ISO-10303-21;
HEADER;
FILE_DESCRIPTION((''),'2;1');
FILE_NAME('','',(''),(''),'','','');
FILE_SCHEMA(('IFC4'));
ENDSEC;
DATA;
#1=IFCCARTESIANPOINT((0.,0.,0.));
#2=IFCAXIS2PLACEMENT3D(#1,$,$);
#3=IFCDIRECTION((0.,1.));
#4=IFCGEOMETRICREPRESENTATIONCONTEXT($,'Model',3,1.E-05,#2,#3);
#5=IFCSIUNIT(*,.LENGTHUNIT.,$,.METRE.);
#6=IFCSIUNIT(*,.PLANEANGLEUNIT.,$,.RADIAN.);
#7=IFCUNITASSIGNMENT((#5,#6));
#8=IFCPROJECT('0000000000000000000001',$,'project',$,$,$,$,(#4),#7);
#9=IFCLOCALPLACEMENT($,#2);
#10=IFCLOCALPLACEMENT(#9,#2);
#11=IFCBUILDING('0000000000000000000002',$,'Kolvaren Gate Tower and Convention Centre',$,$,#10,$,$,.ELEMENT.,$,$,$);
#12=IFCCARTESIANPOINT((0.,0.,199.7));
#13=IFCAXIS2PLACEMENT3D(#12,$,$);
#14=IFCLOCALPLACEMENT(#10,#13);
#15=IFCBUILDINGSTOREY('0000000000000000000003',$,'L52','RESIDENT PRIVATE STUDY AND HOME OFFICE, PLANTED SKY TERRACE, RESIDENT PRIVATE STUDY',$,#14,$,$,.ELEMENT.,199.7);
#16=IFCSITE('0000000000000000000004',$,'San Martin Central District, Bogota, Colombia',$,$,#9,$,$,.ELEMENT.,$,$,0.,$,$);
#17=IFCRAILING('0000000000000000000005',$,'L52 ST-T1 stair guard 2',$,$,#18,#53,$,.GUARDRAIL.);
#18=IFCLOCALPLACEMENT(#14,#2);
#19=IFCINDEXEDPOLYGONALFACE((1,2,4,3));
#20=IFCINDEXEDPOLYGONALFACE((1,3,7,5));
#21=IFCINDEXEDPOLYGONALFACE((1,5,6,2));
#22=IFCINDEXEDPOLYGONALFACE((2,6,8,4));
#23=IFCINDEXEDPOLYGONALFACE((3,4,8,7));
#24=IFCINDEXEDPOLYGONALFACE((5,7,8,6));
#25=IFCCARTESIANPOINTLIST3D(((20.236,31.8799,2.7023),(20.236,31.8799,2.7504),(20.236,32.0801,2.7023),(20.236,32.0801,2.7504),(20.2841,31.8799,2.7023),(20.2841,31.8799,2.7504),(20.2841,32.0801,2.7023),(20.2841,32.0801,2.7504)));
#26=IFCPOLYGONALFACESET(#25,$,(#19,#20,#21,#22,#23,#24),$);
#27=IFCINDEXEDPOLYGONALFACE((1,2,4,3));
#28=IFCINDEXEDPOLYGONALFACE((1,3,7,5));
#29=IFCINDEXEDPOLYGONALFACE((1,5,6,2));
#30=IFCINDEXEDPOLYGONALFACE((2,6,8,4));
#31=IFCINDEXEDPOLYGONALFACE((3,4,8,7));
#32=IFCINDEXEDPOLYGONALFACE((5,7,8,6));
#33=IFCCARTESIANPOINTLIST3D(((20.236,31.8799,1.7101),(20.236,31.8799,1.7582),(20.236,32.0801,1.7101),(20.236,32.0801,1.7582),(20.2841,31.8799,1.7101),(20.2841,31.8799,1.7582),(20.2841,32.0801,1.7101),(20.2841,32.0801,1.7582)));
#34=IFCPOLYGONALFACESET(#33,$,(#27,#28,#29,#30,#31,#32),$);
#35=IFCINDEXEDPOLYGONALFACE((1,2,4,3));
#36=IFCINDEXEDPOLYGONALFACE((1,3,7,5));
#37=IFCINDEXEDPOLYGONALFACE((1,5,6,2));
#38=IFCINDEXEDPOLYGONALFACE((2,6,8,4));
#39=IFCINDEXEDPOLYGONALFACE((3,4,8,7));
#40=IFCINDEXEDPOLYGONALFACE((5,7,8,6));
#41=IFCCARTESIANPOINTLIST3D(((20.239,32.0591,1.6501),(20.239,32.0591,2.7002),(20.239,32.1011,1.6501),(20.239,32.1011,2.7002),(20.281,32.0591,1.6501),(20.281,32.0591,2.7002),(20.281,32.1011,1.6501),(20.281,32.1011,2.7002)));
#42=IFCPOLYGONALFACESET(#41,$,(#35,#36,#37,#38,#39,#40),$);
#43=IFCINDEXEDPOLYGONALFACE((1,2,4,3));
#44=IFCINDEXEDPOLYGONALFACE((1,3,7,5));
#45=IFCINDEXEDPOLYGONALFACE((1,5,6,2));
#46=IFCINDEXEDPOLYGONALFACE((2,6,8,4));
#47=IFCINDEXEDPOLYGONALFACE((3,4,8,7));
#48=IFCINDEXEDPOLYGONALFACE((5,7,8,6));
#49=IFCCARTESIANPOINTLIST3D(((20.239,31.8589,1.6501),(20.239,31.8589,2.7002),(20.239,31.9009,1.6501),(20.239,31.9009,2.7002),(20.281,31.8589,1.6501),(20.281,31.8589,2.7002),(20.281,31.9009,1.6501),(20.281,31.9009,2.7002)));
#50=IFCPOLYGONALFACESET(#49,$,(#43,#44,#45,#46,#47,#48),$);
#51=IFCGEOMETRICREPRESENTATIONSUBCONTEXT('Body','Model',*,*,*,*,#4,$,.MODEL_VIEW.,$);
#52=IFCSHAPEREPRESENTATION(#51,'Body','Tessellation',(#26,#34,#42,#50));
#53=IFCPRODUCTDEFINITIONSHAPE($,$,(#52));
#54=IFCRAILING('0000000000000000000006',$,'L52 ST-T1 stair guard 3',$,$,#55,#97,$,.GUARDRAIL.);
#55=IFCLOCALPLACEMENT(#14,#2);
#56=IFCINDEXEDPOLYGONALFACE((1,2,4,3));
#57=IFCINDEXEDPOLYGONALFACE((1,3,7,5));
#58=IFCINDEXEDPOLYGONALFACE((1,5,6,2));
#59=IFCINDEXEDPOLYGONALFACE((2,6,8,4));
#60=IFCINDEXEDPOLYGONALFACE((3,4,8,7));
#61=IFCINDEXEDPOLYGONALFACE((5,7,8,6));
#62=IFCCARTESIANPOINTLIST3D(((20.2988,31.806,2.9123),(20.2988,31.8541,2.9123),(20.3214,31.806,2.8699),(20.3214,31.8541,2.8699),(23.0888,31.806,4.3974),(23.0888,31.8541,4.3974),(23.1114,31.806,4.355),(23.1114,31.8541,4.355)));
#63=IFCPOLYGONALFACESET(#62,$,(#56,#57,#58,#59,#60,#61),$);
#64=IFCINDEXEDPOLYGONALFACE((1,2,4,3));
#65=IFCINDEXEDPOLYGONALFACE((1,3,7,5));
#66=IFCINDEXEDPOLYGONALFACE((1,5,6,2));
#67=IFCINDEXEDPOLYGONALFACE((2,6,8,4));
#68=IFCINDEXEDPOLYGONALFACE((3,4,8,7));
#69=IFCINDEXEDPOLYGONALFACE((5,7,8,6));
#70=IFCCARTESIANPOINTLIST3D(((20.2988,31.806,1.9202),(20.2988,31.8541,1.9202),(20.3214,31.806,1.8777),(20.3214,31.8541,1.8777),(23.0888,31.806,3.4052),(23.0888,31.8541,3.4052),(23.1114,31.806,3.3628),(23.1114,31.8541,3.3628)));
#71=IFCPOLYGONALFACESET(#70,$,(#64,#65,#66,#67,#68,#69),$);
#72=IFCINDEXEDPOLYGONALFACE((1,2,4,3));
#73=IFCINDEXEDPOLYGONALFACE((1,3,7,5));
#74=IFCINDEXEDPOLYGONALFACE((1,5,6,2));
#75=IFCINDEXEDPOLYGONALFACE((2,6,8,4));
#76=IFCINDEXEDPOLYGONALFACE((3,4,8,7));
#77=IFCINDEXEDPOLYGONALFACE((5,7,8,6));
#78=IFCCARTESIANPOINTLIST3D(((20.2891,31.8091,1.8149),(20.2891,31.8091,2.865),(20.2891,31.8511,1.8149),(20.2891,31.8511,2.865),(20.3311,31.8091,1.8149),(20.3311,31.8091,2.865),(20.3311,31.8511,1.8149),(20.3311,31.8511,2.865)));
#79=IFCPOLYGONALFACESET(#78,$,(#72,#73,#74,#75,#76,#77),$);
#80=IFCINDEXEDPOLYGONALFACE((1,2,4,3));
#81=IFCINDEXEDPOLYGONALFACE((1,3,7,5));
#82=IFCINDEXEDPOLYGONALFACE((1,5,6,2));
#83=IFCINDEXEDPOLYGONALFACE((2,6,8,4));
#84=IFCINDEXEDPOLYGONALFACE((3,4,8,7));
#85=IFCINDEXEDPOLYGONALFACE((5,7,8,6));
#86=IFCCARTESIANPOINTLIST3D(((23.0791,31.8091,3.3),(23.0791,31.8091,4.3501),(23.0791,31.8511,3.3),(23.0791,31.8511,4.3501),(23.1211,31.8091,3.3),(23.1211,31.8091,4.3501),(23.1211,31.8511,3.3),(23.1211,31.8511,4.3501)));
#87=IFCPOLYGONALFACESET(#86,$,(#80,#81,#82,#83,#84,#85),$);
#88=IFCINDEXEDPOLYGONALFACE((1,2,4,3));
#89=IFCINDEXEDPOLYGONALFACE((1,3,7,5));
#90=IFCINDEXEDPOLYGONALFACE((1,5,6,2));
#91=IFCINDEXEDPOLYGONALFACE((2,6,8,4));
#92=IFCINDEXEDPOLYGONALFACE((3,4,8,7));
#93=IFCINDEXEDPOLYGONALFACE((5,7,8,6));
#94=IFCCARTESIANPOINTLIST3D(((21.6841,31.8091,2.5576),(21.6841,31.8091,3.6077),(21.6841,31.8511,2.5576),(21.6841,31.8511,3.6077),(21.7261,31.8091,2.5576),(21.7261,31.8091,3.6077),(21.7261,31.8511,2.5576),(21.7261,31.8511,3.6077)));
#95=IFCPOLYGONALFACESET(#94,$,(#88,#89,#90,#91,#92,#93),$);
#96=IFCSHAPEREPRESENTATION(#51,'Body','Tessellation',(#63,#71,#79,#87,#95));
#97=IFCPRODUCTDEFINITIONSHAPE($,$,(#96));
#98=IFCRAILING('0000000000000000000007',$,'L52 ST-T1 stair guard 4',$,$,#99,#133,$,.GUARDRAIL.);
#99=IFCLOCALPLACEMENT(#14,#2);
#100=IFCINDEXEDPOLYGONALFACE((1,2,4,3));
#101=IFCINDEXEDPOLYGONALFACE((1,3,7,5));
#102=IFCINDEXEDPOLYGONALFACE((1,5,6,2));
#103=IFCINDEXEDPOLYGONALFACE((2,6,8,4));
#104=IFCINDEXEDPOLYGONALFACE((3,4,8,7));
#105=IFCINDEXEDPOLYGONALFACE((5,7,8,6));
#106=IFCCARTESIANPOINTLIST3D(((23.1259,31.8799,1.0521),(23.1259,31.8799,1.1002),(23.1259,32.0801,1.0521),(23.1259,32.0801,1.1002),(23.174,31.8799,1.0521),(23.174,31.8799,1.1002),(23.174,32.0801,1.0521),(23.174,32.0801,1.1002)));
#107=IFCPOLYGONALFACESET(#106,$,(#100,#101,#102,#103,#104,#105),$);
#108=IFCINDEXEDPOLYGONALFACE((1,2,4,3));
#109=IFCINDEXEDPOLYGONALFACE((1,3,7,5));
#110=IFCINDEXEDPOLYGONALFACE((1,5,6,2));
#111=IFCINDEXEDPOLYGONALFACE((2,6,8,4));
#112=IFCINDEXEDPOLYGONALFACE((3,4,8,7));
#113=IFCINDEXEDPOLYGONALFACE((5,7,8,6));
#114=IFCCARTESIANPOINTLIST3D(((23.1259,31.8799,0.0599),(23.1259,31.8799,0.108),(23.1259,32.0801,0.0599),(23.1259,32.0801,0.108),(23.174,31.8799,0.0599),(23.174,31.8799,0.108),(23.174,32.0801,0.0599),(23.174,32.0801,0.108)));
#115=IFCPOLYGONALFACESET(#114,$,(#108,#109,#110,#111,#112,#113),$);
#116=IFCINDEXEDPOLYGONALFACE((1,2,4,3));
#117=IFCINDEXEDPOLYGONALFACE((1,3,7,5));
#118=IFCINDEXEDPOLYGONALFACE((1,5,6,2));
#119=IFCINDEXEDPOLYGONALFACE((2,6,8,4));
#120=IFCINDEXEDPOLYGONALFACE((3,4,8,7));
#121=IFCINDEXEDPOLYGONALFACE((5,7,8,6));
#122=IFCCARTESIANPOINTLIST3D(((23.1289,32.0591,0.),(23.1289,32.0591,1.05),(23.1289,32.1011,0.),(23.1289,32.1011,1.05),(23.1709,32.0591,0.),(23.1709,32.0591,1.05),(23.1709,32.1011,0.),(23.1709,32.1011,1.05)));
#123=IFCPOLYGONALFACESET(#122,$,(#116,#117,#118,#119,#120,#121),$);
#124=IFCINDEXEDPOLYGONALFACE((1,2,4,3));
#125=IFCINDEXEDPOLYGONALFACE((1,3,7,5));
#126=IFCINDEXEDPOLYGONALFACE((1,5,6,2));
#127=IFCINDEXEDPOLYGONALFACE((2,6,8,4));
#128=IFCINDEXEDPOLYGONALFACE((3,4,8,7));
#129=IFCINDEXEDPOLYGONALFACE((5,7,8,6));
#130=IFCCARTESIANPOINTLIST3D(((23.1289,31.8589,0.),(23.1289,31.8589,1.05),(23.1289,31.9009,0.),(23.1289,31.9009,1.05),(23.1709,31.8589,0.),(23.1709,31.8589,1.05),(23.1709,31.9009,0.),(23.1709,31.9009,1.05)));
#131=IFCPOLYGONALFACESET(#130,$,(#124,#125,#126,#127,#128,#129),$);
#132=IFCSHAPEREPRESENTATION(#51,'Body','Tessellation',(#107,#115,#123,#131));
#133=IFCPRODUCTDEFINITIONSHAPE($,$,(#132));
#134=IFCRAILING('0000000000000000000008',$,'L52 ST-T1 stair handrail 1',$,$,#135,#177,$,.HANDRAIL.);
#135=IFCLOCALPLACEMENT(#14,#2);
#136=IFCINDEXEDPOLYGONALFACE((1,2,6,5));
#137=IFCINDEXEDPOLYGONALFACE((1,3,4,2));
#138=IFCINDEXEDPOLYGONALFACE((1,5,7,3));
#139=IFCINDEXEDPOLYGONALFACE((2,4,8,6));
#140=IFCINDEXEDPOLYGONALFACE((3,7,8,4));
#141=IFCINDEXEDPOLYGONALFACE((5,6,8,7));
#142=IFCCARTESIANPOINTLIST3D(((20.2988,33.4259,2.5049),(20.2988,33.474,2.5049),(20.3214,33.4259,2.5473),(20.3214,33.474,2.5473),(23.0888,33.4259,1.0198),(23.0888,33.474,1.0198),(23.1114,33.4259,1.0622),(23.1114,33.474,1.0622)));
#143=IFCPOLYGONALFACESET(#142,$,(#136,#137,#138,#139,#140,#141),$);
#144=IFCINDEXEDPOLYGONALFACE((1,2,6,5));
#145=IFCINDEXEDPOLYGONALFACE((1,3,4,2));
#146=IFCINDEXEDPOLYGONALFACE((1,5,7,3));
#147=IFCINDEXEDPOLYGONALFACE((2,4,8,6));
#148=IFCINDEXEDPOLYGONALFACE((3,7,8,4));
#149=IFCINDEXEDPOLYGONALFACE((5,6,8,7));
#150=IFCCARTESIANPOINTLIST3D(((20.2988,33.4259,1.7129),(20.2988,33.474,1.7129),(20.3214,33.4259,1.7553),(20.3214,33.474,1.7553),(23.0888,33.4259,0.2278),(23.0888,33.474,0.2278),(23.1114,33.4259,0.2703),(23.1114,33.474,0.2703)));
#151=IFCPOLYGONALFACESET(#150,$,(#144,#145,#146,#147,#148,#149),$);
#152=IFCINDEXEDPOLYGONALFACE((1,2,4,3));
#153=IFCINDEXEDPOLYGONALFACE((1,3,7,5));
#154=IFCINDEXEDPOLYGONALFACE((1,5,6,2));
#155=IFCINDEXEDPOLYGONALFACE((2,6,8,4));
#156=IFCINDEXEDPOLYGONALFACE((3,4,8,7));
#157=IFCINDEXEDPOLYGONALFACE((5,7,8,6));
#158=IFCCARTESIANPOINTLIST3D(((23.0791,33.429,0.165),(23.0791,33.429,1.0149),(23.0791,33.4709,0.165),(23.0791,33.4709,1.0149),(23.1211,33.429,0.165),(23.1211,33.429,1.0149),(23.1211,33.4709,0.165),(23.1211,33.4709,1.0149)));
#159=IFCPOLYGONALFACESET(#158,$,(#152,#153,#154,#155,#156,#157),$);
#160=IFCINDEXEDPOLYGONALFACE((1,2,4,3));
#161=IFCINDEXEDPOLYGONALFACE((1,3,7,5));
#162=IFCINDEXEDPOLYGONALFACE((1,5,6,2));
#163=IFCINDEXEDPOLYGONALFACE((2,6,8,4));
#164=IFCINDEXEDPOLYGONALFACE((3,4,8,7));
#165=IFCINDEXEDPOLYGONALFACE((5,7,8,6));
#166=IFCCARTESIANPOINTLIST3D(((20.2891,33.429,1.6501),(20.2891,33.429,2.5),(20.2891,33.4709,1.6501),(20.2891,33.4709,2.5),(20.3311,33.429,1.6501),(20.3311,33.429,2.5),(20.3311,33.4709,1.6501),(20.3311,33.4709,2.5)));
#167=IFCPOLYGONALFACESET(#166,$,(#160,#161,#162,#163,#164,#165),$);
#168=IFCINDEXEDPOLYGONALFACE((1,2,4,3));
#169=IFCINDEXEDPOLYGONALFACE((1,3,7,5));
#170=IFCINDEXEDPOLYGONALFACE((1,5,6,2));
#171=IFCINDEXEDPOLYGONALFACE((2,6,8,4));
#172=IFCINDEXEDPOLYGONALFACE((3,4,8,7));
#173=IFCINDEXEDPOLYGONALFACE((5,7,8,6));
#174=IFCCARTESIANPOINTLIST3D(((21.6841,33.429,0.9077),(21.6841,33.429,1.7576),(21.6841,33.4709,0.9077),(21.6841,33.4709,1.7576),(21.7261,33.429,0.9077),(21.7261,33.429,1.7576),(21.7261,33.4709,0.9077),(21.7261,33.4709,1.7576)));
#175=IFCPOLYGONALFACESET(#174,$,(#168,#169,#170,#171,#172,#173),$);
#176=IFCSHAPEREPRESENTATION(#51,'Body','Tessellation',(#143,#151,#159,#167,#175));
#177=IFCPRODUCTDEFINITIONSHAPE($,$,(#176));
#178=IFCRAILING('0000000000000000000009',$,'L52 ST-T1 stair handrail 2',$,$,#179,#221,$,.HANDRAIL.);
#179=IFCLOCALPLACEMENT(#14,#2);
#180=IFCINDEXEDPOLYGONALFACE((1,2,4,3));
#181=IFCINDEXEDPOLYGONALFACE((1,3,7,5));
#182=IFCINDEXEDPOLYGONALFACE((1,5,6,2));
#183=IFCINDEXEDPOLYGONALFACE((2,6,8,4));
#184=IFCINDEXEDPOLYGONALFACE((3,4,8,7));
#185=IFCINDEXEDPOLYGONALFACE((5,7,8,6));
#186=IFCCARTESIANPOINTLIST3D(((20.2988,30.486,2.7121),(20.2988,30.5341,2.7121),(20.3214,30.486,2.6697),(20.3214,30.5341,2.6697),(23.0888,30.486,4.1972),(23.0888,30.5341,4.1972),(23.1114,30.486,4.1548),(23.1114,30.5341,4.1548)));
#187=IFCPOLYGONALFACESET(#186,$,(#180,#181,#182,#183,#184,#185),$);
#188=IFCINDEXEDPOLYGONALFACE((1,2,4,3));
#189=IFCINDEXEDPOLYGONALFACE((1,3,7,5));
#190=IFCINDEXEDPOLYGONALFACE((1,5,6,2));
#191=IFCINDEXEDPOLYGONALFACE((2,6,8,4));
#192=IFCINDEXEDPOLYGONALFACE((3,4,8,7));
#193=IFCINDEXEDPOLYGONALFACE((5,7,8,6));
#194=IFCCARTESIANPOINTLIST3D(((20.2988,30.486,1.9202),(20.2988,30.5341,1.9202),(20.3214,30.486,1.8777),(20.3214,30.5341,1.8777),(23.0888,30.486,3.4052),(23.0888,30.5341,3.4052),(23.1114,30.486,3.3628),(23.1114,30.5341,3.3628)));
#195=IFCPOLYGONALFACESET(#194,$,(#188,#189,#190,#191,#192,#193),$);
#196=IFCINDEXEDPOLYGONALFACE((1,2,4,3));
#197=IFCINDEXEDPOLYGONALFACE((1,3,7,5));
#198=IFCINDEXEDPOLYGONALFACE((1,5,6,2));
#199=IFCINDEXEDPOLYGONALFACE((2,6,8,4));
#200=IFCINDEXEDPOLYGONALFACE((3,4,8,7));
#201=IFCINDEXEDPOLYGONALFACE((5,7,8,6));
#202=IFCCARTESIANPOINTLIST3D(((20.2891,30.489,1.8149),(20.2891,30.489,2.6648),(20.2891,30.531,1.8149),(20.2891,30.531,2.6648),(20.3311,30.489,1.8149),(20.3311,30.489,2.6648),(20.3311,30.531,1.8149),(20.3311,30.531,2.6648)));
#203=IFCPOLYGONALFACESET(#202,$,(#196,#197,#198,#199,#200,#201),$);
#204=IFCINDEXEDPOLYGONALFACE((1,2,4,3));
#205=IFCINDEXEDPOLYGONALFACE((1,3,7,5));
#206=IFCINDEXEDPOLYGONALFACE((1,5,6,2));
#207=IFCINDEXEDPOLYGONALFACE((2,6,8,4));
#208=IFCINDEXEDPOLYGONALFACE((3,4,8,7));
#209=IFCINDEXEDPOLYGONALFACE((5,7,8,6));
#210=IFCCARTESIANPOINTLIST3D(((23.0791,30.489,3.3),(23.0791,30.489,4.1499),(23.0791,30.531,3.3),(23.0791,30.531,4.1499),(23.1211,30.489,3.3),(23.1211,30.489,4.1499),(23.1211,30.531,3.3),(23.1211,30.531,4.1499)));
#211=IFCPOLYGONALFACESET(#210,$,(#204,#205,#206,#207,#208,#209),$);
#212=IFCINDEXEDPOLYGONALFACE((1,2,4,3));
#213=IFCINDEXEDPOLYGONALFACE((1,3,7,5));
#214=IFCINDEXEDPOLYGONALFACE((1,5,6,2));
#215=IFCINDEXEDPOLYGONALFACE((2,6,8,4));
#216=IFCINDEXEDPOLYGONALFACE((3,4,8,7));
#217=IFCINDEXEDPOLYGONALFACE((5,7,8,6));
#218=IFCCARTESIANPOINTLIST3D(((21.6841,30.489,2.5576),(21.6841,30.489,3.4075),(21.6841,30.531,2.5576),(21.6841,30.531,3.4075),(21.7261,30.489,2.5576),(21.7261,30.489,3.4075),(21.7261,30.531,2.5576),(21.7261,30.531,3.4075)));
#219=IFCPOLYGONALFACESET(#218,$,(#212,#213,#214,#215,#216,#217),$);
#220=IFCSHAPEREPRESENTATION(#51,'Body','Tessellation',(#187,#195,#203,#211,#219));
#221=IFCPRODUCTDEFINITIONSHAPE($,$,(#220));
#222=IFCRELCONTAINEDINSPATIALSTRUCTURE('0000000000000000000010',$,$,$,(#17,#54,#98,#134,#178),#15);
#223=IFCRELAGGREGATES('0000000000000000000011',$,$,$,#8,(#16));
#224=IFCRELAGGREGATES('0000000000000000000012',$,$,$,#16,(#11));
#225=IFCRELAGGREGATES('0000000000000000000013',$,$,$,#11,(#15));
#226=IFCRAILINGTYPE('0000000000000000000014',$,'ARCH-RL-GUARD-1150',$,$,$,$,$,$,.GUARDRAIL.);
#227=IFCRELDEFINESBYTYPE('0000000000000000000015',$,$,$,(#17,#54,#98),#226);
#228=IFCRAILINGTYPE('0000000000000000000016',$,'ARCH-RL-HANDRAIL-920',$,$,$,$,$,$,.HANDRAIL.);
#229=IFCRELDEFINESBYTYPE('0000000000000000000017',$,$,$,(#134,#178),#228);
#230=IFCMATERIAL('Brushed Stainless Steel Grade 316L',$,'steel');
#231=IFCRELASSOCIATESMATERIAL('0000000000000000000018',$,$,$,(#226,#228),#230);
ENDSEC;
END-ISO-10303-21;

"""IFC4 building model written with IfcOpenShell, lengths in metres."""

from ifc_helpers import new_model, si_unit, direction, frame, origin, origin_2d, place, context, subcontext, project, spatial, rectangle, extrude, material, type_object, element, save


model = new_model("IFC4")

# Units and contexts
model_context = context("Model", 3, precision=1e-05, world=origin(), true_north=direction((0.0, 1.0)))
body_context = subcontext(model_context, "Body", "Model", "MODEL_VIEW")
ifc_project = project(units=[si_unit("LENGTHUNIT", "METRE"), si_unit("PLANEANGLEUNIT", "RADIAN")], contexts=[model_context])

# Site, building, storey
site_placement = place(None, origin())
site = spatial("IfcSite", under=ifc_project, at=site_placement, Name="San Martin Central District, Bogota, Colombia", CompositionType="ELEMENT", RefElevation=0.0)
building_placement = place(site_placement, origin())
building = spatial("IfcBuilding", under=site, at=building_placement, Name="Kolvaren Gate Tower and Convention Centre", CompositionType="ELEMENT")
storey_placement = place(building_placement, frame((0.0, 0.0, 199.7)))
storey = spatial("IfcBuildingStorey", under=building, at=storey_placement, Name="L52", Description="RESIDENT PRIVATE STUDY AND HOME OFFICE, PLANTED SKY TERRACE, RESIDENT PRIVATE STUDY", CompositionType="ELEMENT", Elevation=199.7)

# Shared definitions
ifc_material_1 = material(Name="Brushed Stainless Steel Grade 316L", Category="steel")

# Railings
railing_type_1 = type_object("IfcRailingType", Name="ARCH-RL-GUARD-1150", PredefinedType="GUARDRAIL", material=ifc_material_1)
railing_1_placement = place(storey_placement, frame((20.26, 32.0801, 1.6501)))
element("IfcRailing", 1, at=railing_1_placement, inside=storey, type_object=railing_type_1, Name="L52 ST-T1 stair guard 2", PredefinedType="GUARDRAIL", context=body_context, shape_type="SweptSolid", body=[
    extrude(rectangle(XDim=0.0481, YDim=0.0481, at=origin_2d()), frame((0.0, 0.0, 1.0762), z_axis=(0.0, -1.0, 0.0), x_axis=(1.0, 0.0, 0.0)), (0.0, 0.0, 1.0), 0.2002),
    extrude(rectangle(XDim=0.0481, YDim=0.0481, at=origin_2d()), frame((0.0, 0.0, 0.084), z_axis=(0.0, -1.0, 0.0), x_axis=(1.0, 0.0, 0.0)), (0.0, 0.0, 1.0), 0.2002),
    extrude(rectangle(XDim=0.042, YDim=0.042, at=origin_2d()), origin(), (0.0, 0.0, 1.0), 1.05),
    extrude(rectangle(XDim=0.042, YDim=0.042, at=origin_2d()), frame((0.0, -0.2002, 0.0)), (0.0, 0.0, 1.0), 1.05),
])
railing_2_placement = place(storey_placement, frame((20.3101, 31.8301, 1.8149)))
element("IfcRailing", 2, at=railing_2_placement, inside=storey, type_object=railing_type_1, Name="L52 ST-T1 stair guard 3", PredefinedType="GUARDRAIL", context=body_context, shape_type="SweptSolid", body=[
    extrude(rectangle(XDim=0.0481, YDim=0.0481, at=origin_2d()), frame((0.0, 0.0, 1.0762), z_axis=(0.882735, 0.0, 0.46987), x_axis=(0.0, 1.0, 0.0)), (0.0, 0.0, 1.0), 3.1606),
    extrude(rectangle(XDim=0.0481, YDim=0.0481, at=origin_2d()), frame((0.0, 0.0, 0.084), z_axis=(0.882735, 0.0, 0.46987), x_axis=(0.0, 1.0, 0.0)), (0.0, 0.0, 1.0), 3.1606),
    extrude(rectangle(XDim=0.042, YDim=0.042, at=origin_2d()), origin(), (0.0, 0.0, 1.0), 1.05),
    extrude(rectangle(XDim=0.042, YDim=0.042, at=origin_2d()), frame((2.79, 0.0, 1.4851)), (0.0, 0.0, 1.0), 1.05),
    extrude(rectangle(XDim=0.042, YDim=0.042, at=origin_2d()), frame((1.395, 0.0, 0.7427)), (0.0, 0.0, 1.0), 1.05),
])
railing_3_placement = place(storey_placement, frame((23.1499, 32.0801, 0.0)))
element("IfcRailing", 3, at=railing_3_placement, inside=storey, type_object=railing_type_1, Name="L52 ST-T1 stair guard 4", PredefinedType="GUARDRAIL", context=body_context, shape_type="SweptSolid", body=[
    extrude(rectangle(XDim=0.0481, YDim=0.0481, at=origin_2d()), frame((0.0, 0.0, 1.0762), z_axis=(0.0, -1.0, 0.0), x_axis=(1.0, 0.0, 0.0)), (0.0, 0.0, 1.0), 0.2002),
    extrude(rectangle(XDim=0.0481, YDim=0.0481, at=origin_2d()), frame((0.0, 0.0, 0.084), z_axis=(0.0, -1.0, 0.0), x_axis=(1.0, 0.0, 0.0)), (0.0, 0.0, 1.0), 0.2002),
    extrude(rectangle(XDim=0.042, YDim=0.042, at=origin_2d()), origin(), (0.0, 0.0, 1.0), 1.05),
    extrude(rectangle(XDim=0.042, YDim=0.042, at=origin_2d()), frame((0.0, -0.2002, 0.0)), (0.0, 0.0, 1.0), 1.05),
])
railing_type_2 = type_object("IfcRailingType", Name="ARCH-RL-HANDRAIL-920", PredefinedType="HANDRAIL", material=ifc_material_1)
railing_4_placement = place(storey_placement, frame((23.1001, 33.45, 0.165)))
element("IfcRailing", 4, at=railing_4_placement, inside=storey, type_object=railing_type_2, Name="L52 ST-T1 stair handrail 1", PredefinedType="HANDRAIL", context=body_context, shape_type="SweptSolid", body=[
    extrude(rectangle(XDim=0.0481, YDim=0.0481, at=origin_2d()), frame((0.0, 0.0, 0.876), z_axis=(-0.882735, 0.0, 0.46987), x_axis=(0.0, -1.0, 0.0)), (0.0, 0.0, 1.0), 3.1606),
    extrude(rectangle(XDim=0.0481, YDim=0.0481, at=origin_2d()), frame((0.0, 0.0, 0.084), z_axis=(-0.882735, 0.0, 0.46987), x_axis=(0.0, -1.0, 0.0)), (0.0, 0.0, 1.0), 3.1606),
    extrude(rectangle(XDim=0.042, YDim=0.042, at=origin_2d()), origin(), (0.0, 0.0, 1.0), 0.8499),
    extrude(rectangle(XDim=0.042, YDim=0.042, at=origin_2d()), frame((-2.79, 0.0, 1.4851)), (0.0, 0.0, 1.0), 0.8499),
    extrude(rectangle(XDim=0.042, YDim=0.042, at=origin_2d()), frame((-1.395, 0.0, 0.7427)), (0.0, 0.0, 1.0), 0.8499),
])
railing_5_placement = place(storey_placement, frame((20.3101, 30.51, 1.8149)))
element("IfcRailing", 5, at=railing_5_placement, inside=storey, type_object=railing_type_2, Name="L52 ST-T1 stair handrail 2", PredefinedType="HANDRAIL", context=body_context, shape_type="SweptSolid", body=[
    extrude(rectangle(XDim=0.0481, YDim=0.0481, at=origin_2d()), frame((0.0, 0.0, 0.876), z_axis=(0.882735, 0.0, 0.46987), x_axis=(0.0, 1.0, 0.0)), (0.0, 0.0, 1.0), 3.1606),
    extrude(rectangle(XDim=0.0481, YDim=0.0481, at=origin_2d()), frame((0.0, 0.0, 0.084), z_axis=(0.882735, 0.0, 0.46987), x_axis=(0.0, 1.0, 0.0)), (0.0, 0.0, 1.0), 3.1606),
    extrude(rectangle(XDim=0.042, YDim=0.042, at=origin_2d()), origin(), (0.0, 0.0, 1.0), 0.8499),
    extrude(rectangle(XDim=0.042, YDim=0.042, at=origin_2d()), frame((2.79, 0.0, 1.4851)), (0.0, 0.0, 1.0), 0.8499),
    extrude(rectangle(XDim=0.042, YDim=0.042, at=origin_2d()), frame((1.395, 0.0, 0.7427)), (0.0, 0.0, 1.0), 0.8499),
])

save(model, "model.ifc")
